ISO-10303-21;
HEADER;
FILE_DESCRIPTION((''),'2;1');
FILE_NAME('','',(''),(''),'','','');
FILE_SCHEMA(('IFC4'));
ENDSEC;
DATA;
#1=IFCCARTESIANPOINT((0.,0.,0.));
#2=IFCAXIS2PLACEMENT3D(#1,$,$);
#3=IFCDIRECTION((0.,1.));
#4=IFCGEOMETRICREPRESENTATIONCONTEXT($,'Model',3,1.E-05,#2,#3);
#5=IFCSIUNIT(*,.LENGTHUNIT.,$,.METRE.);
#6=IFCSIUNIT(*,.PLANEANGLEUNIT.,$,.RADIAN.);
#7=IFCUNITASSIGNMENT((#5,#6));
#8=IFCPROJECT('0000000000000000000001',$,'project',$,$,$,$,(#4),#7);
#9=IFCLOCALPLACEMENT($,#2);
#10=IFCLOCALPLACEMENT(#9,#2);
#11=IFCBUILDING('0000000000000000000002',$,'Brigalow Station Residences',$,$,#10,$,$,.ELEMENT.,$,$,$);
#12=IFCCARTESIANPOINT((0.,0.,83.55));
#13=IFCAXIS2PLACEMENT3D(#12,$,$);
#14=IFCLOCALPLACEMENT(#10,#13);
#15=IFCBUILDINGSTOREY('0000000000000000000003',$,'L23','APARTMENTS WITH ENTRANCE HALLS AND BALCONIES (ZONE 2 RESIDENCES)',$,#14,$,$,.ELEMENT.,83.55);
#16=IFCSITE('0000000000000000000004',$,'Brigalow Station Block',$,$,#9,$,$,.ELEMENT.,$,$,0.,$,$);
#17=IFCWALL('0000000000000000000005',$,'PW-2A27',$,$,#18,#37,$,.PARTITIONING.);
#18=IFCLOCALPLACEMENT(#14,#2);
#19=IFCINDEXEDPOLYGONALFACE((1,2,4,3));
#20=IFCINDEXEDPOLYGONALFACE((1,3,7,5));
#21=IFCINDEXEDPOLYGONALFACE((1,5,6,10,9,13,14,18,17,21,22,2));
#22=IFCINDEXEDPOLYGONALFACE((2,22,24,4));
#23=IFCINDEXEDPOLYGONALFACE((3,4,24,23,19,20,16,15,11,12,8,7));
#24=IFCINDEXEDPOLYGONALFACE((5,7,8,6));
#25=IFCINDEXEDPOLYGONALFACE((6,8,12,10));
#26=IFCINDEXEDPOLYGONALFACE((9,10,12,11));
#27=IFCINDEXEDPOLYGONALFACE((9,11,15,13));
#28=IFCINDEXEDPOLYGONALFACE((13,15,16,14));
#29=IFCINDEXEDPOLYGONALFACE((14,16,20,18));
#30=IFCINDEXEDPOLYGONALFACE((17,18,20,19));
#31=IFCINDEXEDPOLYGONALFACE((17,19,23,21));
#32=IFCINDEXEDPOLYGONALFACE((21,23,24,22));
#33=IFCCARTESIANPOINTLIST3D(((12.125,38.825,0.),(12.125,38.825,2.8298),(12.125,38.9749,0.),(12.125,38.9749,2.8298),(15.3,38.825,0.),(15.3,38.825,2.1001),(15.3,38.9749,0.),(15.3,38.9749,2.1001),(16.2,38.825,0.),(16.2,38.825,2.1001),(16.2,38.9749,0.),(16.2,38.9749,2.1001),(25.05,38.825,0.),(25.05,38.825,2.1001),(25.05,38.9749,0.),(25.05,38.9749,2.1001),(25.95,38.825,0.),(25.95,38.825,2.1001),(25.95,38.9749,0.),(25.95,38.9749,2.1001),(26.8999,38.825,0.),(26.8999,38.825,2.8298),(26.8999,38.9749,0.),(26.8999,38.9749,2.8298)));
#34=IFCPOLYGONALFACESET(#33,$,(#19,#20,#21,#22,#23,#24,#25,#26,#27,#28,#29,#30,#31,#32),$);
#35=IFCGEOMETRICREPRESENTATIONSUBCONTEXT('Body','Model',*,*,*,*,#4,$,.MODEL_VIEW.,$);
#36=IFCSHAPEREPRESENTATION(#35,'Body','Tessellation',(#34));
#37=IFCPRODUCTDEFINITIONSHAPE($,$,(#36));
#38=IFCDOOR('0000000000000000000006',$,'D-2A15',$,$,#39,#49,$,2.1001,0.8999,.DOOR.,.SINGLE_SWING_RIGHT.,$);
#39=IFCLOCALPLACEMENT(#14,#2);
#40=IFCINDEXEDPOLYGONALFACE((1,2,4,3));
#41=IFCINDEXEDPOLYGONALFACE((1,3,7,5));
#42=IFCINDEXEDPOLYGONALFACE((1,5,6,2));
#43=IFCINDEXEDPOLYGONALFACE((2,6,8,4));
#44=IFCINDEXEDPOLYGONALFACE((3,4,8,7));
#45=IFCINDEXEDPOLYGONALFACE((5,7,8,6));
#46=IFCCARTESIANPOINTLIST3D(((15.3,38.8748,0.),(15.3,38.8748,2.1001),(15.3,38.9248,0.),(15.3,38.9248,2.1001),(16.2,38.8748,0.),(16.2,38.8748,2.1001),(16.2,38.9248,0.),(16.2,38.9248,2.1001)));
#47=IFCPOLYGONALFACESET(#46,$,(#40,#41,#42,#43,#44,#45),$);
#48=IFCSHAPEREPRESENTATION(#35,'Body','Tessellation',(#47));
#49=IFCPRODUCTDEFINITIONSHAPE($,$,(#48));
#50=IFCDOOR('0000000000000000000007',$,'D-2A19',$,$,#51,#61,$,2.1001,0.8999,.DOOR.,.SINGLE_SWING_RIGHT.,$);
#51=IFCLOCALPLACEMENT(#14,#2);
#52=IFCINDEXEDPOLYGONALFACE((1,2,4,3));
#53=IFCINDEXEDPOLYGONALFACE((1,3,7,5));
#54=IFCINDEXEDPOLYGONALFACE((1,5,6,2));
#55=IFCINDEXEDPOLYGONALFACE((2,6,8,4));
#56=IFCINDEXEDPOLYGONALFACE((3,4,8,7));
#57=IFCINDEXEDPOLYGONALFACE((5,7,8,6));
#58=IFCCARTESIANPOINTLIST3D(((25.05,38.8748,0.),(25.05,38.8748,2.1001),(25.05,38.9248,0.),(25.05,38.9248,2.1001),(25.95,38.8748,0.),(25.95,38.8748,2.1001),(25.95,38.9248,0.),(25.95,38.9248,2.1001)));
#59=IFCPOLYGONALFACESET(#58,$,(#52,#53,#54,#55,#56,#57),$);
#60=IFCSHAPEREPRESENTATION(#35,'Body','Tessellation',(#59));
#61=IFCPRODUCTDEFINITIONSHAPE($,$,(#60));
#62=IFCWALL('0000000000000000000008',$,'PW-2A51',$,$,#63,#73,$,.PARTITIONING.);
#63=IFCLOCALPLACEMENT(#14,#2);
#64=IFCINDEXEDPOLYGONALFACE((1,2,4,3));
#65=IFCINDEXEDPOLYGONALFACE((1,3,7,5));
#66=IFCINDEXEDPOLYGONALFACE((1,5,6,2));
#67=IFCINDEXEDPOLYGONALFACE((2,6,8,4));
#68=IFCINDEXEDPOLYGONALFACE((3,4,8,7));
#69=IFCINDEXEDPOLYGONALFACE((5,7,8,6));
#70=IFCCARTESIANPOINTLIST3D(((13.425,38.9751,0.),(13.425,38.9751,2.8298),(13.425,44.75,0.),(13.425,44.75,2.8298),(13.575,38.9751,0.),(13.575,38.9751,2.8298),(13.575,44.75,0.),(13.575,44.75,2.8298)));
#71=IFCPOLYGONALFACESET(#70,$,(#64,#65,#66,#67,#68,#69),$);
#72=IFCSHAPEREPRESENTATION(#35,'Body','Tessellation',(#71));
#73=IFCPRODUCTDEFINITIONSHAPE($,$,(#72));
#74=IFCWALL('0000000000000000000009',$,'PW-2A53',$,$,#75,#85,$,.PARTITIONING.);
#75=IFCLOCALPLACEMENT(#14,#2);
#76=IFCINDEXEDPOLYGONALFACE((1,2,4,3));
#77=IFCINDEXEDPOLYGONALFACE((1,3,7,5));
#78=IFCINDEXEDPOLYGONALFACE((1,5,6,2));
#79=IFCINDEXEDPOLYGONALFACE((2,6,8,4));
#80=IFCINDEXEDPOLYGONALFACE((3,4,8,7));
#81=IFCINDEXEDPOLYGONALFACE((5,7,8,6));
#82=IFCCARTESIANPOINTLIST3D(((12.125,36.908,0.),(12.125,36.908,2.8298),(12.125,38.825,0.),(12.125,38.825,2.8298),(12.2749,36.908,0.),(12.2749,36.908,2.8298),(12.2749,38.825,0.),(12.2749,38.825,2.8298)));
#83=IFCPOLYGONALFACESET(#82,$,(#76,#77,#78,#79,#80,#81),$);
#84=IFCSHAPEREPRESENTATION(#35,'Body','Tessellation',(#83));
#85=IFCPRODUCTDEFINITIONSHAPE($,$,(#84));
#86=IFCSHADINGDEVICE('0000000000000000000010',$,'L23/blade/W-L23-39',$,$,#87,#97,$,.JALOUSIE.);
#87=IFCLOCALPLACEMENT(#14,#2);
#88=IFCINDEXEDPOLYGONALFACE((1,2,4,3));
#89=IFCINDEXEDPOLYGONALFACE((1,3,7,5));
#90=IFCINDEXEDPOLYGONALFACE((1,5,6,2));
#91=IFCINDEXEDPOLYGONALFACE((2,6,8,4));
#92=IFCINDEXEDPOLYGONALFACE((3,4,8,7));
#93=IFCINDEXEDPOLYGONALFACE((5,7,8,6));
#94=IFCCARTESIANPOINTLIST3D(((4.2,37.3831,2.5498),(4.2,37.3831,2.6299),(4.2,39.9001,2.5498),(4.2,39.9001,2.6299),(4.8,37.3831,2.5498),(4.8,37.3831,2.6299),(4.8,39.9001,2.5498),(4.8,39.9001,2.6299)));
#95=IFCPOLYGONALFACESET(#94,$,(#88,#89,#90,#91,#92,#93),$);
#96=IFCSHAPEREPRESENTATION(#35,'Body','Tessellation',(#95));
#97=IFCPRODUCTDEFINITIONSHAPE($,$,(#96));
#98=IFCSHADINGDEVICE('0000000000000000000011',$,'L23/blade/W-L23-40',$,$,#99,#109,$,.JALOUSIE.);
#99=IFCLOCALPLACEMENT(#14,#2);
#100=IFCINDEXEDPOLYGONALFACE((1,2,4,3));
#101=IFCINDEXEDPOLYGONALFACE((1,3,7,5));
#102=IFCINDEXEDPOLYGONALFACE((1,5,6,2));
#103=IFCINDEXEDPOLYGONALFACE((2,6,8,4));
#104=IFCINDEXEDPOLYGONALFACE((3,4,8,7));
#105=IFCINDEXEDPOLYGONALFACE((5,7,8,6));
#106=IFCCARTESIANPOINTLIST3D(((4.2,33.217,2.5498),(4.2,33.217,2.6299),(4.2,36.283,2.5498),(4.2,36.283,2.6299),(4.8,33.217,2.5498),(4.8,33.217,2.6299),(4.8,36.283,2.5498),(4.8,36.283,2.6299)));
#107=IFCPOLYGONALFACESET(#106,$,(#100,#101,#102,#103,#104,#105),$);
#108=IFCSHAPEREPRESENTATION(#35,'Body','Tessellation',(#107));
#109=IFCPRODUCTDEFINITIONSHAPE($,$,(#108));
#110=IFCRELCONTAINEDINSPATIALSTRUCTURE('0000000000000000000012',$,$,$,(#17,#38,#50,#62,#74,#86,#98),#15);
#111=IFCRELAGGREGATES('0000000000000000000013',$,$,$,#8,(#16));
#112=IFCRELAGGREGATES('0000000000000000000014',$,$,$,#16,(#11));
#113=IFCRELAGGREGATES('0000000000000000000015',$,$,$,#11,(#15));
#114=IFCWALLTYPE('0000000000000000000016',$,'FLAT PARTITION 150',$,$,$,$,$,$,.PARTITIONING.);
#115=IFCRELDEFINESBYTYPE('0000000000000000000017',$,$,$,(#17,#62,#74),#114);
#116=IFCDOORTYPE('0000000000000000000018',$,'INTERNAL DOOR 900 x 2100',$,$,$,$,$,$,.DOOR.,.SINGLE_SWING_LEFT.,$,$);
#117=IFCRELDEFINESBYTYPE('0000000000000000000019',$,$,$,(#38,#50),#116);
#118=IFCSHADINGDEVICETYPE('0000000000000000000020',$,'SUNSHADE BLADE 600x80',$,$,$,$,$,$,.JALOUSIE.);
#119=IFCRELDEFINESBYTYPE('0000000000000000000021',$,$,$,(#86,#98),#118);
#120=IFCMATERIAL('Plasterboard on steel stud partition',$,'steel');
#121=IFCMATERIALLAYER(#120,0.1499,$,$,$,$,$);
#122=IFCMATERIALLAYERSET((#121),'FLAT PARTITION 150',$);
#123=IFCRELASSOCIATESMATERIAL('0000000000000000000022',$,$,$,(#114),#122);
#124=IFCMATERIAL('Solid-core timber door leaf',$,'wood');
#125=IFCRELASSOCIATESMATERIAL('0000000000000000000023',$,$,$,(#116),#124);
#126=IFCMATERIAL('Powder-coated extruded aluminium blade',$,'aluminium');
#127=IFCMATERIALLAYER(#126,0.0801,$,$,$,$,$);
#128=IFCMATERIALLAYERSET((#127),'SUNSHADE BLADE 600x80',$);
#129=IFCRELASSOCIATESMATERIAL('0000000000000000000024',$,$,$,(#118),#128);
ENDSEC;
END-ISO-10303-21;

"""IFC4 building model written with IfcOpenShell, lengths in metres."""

from ifc_helpers import new_model, si_unit, direction, frame, frame_2d, origin, origin_2d, place, context, subcontext, project, spatial, rectangle, extrude, material, layer, layer_set, type_object, element, fill, save


model = new_model("IFC4")

# Units and contexts
model_context = context("Model", 3, precision=1e-05, world=origin(), true_north=direction((0.0, 1.0)))
body_context = subcontext(model_context, "Body", "Model", "MODEL_VIEW")
ifc_project = project(units=[si_unit("LENGTHUNIT", "METRE"), si_unit("PLANEANGLEUNIT", "RADIAN")], contexts=[model_context])

# Site, building, storey
site_placement = place(None, origin())
site = spatial("IfcSite", under=ifc_project, at=site_placement, Name="Brigalow Station Block", CompositionType="ELEMENT", RefElevation=0.0)
building_placement = place(site_placement, origin())
building = spatial("IfcBuilding", under=site, at=building_placement, Name="Brigalow Station Residences", CompositionType="ELEMENT")
storey_placement = place(building_placement, frame((0.0, 0.0, 83.55)))
storey = spatial("IfcBuildingStorey", under=building, at=storey_placement, Name="L23", Description="APARTMENTS WITH ENTRANCE HALLS AND BALCONIES (ZONE 2 RESIDENCES)", CompositionType="ELEMENT", Elevation=83.55)

# Shared definitions
ifc_material_1 = material(Name="Plasterboard on steel stud partition", Category="steel")
ifc_layer_1 = layer(ifc_material_1, 0.1499)
ifc_layer_set_1 = layer_set([ifc_layer_1], Name="FLAT PARTITION 150")
wall_type_1 = type_object("IfcWallType", Name="FLAT PARTITION 150", PredefinedType="PARTITIONING", material=ifc_layer_set_1)
ifc_material_2 = material(Name="Solid-core timber door leaf", Category="wood")
door_type = type_object("IfcDoorType", Name="INTERNAL DOOR 900 x 2100", OperationType="SINGLE_SWING_LEFT", PredefinedType="DOOR", material=ifc_material_2)

# Wall, openings, doors
wall_1_placement = place(storey_placement, frame((12.125, 38.8999, 0.0), z_axis=(0.0, 0.0, 1.0), x_axis=(1.0, 0.0, 0.0)))
wall_1 = element("IfcWall", 1, at=wall_1_placement, inside=storey, type_object=wall_type_1, Name="PW-2A27", PredefinedType="PARTITIONING", context=body_context, shape_type="SweptSolid", body=[
    extrude(rectangle(XDim=14.7749, YDim=0.1499, at=frame_2d((7.3875, 0.0))), origin(), (0.0, 0.0, 1.0), 2.8298),
])
opening_1_placement = place(wall_1_placement, frame((3.175, 0.0, 0.0)))
opening_1 = element("IfcOpeningElement", 2, at=opening_1_placement, cuts=wall_1, PredefinedType="OPENING", context=body_context, shape_type="SweptSolid", body=[
    extrude(rectangle(XDim=0.8999, YDim=2.1001, at=frame_2d((0.45, 1.05))), frame((0.0, 0.085, 0.0), z_axis=(0.0, -1.0, 0.0), x_axis=(1.0, 0.0, 0.0)), (0.0, 0.0, 1.0), 0.1699),
])
opening_2_placement = place(wall_1_placement, frame((12.925, 0.0, 0.0)))
opening_2 = element("IfcOpeningElement", 3, at=opening_2_placement, cuts=wall_1, PredefinedType="OPENING", context=body_context, shape_type="SweptSolid", body=[
    extrude(rectangle(XDim=0.8999, YDim=2.1001, at=frame_2d((0.45, 1.05))), frame((0.0, 0.085, 0.0), z_axis=(0.0, -1.0, 0.0), x_axis=(1.0, 0.0, 0.0)), (0.0, 0.0, 1.0), 0.1699),
])
door_1_placement = place(opening_1_placement, origin())
door_1 = element("IfcDoor", 4, at=door_1_placement, inside=storey, type_object=door_type, Name="D-2A15", OperationType="SINGLE_SWING_RIGHT", OverallHeight=2.1001, OverallWidth=0.8999, PredefinedType="DOOR", context=body_context, shape_type="SweptSolid", body=[
    extrude(rectangle(XDim=0.8999, YDim=2.1001, at=frame_2d((0.45, 1.05))), frame((0.0, 0.0249, 0.0), z_axis=(0.0, -1.0, 0.0), x_axis=(1.0, 0.0, 0.0)), (0.0, 0.0, 1.0), 0.05),
])
fill(opening_1, door_1)
door_2_placement = place(opening_2_placement, origin())
door_2 = element("IfcDoor", 5, at=door_2_placement, inside=storey, type_object=door_type, Name="D-2A19", OperationType="SINGLE_SWING_RIGHT", OverallHeight=2.1001, OverallWidth=0.8999, PredefinedType="DOOR", context=body_context, shape_type="SweptSolid", body=[
    extrude(rectangle(XDim=0.8999, YDim=2.1001, at=frame_2d((0.45, 1.05))), frame((0.0, 0.0249, 0.0), z_axis=(0.0, -1.0, 0.0), x_axis=(1.0, 0.0, 0.0)), (0.0, 0.0, 1.0), 0.05),
])
fill(opening_2, door_2)

# Walls
wall_2_placement = place(storey_placement, frame((13.5, 38.9751, 0.0), z_axis=(0.0, 0.0, 1.0), x_axis=(0.0, 1.0, 0.0)))
element("IfcWall", 6, at=wall_2_placement, inside=storey, type_object=wall_type_1, Name="PW-2A51", PredefinedType="PARTITIONING", context=body_context, shape_type="SweptSolid", body=[
    extrude(rectangle(XDim=5.7749, YDim=0.1499, at=frame_2d((2.8875, 0.0))), origin(), (0.0, 0.0, 1.0), 2.8298),
])
wall_3_placement = place(storey_placement, frame((12.2, 36.908, 0.0), z_axis=(0.0, 0.0, 1.0), x_axis=(0.0, 1.0, 0.0)))
element("IfcWall", 7, at=wall_3_placement, inside=storey, type_object=wall_type_1, Name="PW-2A53", PredefinedType="PARTITIONING", context=body_context, shape_type="SweptSolid", body=[
    extrude(rectangle(XDim=1.917, YDim=0.1499, at=frame_2d((0.9585, 0.0))), origin(), (0.0, 0.0, 1.0), 2.8298),
])

# Shading devices
ifc_material_3 = material(Name="Powder-coated extruded aluminium blade", Category="aluminium")
ifc_layer_2 = layer(ifc_material_3, 0.0801)
ifc_layer_set_2 = layer_set([ifc_layer_2], Name="SUNSHADE BLADE 600x80")
shading_device_type = type_object("IfcShadingDeviceType", Name="SUNSHADE BLADE 600x80", PredefinedType="JALOUSIE", material=ifc_layer_set_2)
shading_device_1_placement = place(storey_placement, frame((4.5, 38.6416, 2.5498), z_axis=(0.0, 0.0, 1.0), x_axis=(0.0, -1.0, 0.0)))
element("IfcShadingDevice", 8, at=shading_device_1_placement, inside=storey, type_object=shading_device_type, Name="L23/blade/W-L23-39", PredefinedType="JALOUSIE", context=body_context, shape_type="SweptSolid", body=[
    extrude(rectangle(XDim=2.5171, YDim=0.6001, at=origin_2d()), origin(), (0.0, 0.0, 1.0), 0.0801),
])
shading_device_2_placement = place(storey_placement, frame((4.5, 34.75, 2.5498), z_axis=(0.0, 0.0, 1.0), x_axis=(0.0, -1.0, 0.0)))
element("IfcShadingDevice", 9, at=shading_device_2_placement, inside=storey, type_object=shading_device_type, Name="L23/blade/W-L23-40", PredefinedType="JALOUSIE", context=body_context, shape_type="SweptSolid", body=[
    extrude(rectangle(XDim=3.0659, YDim=0.6001, at=origin_2d()), origin(), (0.0, 0.0, 1.0), 0.0801),
])

save(model, "model.ifc")
